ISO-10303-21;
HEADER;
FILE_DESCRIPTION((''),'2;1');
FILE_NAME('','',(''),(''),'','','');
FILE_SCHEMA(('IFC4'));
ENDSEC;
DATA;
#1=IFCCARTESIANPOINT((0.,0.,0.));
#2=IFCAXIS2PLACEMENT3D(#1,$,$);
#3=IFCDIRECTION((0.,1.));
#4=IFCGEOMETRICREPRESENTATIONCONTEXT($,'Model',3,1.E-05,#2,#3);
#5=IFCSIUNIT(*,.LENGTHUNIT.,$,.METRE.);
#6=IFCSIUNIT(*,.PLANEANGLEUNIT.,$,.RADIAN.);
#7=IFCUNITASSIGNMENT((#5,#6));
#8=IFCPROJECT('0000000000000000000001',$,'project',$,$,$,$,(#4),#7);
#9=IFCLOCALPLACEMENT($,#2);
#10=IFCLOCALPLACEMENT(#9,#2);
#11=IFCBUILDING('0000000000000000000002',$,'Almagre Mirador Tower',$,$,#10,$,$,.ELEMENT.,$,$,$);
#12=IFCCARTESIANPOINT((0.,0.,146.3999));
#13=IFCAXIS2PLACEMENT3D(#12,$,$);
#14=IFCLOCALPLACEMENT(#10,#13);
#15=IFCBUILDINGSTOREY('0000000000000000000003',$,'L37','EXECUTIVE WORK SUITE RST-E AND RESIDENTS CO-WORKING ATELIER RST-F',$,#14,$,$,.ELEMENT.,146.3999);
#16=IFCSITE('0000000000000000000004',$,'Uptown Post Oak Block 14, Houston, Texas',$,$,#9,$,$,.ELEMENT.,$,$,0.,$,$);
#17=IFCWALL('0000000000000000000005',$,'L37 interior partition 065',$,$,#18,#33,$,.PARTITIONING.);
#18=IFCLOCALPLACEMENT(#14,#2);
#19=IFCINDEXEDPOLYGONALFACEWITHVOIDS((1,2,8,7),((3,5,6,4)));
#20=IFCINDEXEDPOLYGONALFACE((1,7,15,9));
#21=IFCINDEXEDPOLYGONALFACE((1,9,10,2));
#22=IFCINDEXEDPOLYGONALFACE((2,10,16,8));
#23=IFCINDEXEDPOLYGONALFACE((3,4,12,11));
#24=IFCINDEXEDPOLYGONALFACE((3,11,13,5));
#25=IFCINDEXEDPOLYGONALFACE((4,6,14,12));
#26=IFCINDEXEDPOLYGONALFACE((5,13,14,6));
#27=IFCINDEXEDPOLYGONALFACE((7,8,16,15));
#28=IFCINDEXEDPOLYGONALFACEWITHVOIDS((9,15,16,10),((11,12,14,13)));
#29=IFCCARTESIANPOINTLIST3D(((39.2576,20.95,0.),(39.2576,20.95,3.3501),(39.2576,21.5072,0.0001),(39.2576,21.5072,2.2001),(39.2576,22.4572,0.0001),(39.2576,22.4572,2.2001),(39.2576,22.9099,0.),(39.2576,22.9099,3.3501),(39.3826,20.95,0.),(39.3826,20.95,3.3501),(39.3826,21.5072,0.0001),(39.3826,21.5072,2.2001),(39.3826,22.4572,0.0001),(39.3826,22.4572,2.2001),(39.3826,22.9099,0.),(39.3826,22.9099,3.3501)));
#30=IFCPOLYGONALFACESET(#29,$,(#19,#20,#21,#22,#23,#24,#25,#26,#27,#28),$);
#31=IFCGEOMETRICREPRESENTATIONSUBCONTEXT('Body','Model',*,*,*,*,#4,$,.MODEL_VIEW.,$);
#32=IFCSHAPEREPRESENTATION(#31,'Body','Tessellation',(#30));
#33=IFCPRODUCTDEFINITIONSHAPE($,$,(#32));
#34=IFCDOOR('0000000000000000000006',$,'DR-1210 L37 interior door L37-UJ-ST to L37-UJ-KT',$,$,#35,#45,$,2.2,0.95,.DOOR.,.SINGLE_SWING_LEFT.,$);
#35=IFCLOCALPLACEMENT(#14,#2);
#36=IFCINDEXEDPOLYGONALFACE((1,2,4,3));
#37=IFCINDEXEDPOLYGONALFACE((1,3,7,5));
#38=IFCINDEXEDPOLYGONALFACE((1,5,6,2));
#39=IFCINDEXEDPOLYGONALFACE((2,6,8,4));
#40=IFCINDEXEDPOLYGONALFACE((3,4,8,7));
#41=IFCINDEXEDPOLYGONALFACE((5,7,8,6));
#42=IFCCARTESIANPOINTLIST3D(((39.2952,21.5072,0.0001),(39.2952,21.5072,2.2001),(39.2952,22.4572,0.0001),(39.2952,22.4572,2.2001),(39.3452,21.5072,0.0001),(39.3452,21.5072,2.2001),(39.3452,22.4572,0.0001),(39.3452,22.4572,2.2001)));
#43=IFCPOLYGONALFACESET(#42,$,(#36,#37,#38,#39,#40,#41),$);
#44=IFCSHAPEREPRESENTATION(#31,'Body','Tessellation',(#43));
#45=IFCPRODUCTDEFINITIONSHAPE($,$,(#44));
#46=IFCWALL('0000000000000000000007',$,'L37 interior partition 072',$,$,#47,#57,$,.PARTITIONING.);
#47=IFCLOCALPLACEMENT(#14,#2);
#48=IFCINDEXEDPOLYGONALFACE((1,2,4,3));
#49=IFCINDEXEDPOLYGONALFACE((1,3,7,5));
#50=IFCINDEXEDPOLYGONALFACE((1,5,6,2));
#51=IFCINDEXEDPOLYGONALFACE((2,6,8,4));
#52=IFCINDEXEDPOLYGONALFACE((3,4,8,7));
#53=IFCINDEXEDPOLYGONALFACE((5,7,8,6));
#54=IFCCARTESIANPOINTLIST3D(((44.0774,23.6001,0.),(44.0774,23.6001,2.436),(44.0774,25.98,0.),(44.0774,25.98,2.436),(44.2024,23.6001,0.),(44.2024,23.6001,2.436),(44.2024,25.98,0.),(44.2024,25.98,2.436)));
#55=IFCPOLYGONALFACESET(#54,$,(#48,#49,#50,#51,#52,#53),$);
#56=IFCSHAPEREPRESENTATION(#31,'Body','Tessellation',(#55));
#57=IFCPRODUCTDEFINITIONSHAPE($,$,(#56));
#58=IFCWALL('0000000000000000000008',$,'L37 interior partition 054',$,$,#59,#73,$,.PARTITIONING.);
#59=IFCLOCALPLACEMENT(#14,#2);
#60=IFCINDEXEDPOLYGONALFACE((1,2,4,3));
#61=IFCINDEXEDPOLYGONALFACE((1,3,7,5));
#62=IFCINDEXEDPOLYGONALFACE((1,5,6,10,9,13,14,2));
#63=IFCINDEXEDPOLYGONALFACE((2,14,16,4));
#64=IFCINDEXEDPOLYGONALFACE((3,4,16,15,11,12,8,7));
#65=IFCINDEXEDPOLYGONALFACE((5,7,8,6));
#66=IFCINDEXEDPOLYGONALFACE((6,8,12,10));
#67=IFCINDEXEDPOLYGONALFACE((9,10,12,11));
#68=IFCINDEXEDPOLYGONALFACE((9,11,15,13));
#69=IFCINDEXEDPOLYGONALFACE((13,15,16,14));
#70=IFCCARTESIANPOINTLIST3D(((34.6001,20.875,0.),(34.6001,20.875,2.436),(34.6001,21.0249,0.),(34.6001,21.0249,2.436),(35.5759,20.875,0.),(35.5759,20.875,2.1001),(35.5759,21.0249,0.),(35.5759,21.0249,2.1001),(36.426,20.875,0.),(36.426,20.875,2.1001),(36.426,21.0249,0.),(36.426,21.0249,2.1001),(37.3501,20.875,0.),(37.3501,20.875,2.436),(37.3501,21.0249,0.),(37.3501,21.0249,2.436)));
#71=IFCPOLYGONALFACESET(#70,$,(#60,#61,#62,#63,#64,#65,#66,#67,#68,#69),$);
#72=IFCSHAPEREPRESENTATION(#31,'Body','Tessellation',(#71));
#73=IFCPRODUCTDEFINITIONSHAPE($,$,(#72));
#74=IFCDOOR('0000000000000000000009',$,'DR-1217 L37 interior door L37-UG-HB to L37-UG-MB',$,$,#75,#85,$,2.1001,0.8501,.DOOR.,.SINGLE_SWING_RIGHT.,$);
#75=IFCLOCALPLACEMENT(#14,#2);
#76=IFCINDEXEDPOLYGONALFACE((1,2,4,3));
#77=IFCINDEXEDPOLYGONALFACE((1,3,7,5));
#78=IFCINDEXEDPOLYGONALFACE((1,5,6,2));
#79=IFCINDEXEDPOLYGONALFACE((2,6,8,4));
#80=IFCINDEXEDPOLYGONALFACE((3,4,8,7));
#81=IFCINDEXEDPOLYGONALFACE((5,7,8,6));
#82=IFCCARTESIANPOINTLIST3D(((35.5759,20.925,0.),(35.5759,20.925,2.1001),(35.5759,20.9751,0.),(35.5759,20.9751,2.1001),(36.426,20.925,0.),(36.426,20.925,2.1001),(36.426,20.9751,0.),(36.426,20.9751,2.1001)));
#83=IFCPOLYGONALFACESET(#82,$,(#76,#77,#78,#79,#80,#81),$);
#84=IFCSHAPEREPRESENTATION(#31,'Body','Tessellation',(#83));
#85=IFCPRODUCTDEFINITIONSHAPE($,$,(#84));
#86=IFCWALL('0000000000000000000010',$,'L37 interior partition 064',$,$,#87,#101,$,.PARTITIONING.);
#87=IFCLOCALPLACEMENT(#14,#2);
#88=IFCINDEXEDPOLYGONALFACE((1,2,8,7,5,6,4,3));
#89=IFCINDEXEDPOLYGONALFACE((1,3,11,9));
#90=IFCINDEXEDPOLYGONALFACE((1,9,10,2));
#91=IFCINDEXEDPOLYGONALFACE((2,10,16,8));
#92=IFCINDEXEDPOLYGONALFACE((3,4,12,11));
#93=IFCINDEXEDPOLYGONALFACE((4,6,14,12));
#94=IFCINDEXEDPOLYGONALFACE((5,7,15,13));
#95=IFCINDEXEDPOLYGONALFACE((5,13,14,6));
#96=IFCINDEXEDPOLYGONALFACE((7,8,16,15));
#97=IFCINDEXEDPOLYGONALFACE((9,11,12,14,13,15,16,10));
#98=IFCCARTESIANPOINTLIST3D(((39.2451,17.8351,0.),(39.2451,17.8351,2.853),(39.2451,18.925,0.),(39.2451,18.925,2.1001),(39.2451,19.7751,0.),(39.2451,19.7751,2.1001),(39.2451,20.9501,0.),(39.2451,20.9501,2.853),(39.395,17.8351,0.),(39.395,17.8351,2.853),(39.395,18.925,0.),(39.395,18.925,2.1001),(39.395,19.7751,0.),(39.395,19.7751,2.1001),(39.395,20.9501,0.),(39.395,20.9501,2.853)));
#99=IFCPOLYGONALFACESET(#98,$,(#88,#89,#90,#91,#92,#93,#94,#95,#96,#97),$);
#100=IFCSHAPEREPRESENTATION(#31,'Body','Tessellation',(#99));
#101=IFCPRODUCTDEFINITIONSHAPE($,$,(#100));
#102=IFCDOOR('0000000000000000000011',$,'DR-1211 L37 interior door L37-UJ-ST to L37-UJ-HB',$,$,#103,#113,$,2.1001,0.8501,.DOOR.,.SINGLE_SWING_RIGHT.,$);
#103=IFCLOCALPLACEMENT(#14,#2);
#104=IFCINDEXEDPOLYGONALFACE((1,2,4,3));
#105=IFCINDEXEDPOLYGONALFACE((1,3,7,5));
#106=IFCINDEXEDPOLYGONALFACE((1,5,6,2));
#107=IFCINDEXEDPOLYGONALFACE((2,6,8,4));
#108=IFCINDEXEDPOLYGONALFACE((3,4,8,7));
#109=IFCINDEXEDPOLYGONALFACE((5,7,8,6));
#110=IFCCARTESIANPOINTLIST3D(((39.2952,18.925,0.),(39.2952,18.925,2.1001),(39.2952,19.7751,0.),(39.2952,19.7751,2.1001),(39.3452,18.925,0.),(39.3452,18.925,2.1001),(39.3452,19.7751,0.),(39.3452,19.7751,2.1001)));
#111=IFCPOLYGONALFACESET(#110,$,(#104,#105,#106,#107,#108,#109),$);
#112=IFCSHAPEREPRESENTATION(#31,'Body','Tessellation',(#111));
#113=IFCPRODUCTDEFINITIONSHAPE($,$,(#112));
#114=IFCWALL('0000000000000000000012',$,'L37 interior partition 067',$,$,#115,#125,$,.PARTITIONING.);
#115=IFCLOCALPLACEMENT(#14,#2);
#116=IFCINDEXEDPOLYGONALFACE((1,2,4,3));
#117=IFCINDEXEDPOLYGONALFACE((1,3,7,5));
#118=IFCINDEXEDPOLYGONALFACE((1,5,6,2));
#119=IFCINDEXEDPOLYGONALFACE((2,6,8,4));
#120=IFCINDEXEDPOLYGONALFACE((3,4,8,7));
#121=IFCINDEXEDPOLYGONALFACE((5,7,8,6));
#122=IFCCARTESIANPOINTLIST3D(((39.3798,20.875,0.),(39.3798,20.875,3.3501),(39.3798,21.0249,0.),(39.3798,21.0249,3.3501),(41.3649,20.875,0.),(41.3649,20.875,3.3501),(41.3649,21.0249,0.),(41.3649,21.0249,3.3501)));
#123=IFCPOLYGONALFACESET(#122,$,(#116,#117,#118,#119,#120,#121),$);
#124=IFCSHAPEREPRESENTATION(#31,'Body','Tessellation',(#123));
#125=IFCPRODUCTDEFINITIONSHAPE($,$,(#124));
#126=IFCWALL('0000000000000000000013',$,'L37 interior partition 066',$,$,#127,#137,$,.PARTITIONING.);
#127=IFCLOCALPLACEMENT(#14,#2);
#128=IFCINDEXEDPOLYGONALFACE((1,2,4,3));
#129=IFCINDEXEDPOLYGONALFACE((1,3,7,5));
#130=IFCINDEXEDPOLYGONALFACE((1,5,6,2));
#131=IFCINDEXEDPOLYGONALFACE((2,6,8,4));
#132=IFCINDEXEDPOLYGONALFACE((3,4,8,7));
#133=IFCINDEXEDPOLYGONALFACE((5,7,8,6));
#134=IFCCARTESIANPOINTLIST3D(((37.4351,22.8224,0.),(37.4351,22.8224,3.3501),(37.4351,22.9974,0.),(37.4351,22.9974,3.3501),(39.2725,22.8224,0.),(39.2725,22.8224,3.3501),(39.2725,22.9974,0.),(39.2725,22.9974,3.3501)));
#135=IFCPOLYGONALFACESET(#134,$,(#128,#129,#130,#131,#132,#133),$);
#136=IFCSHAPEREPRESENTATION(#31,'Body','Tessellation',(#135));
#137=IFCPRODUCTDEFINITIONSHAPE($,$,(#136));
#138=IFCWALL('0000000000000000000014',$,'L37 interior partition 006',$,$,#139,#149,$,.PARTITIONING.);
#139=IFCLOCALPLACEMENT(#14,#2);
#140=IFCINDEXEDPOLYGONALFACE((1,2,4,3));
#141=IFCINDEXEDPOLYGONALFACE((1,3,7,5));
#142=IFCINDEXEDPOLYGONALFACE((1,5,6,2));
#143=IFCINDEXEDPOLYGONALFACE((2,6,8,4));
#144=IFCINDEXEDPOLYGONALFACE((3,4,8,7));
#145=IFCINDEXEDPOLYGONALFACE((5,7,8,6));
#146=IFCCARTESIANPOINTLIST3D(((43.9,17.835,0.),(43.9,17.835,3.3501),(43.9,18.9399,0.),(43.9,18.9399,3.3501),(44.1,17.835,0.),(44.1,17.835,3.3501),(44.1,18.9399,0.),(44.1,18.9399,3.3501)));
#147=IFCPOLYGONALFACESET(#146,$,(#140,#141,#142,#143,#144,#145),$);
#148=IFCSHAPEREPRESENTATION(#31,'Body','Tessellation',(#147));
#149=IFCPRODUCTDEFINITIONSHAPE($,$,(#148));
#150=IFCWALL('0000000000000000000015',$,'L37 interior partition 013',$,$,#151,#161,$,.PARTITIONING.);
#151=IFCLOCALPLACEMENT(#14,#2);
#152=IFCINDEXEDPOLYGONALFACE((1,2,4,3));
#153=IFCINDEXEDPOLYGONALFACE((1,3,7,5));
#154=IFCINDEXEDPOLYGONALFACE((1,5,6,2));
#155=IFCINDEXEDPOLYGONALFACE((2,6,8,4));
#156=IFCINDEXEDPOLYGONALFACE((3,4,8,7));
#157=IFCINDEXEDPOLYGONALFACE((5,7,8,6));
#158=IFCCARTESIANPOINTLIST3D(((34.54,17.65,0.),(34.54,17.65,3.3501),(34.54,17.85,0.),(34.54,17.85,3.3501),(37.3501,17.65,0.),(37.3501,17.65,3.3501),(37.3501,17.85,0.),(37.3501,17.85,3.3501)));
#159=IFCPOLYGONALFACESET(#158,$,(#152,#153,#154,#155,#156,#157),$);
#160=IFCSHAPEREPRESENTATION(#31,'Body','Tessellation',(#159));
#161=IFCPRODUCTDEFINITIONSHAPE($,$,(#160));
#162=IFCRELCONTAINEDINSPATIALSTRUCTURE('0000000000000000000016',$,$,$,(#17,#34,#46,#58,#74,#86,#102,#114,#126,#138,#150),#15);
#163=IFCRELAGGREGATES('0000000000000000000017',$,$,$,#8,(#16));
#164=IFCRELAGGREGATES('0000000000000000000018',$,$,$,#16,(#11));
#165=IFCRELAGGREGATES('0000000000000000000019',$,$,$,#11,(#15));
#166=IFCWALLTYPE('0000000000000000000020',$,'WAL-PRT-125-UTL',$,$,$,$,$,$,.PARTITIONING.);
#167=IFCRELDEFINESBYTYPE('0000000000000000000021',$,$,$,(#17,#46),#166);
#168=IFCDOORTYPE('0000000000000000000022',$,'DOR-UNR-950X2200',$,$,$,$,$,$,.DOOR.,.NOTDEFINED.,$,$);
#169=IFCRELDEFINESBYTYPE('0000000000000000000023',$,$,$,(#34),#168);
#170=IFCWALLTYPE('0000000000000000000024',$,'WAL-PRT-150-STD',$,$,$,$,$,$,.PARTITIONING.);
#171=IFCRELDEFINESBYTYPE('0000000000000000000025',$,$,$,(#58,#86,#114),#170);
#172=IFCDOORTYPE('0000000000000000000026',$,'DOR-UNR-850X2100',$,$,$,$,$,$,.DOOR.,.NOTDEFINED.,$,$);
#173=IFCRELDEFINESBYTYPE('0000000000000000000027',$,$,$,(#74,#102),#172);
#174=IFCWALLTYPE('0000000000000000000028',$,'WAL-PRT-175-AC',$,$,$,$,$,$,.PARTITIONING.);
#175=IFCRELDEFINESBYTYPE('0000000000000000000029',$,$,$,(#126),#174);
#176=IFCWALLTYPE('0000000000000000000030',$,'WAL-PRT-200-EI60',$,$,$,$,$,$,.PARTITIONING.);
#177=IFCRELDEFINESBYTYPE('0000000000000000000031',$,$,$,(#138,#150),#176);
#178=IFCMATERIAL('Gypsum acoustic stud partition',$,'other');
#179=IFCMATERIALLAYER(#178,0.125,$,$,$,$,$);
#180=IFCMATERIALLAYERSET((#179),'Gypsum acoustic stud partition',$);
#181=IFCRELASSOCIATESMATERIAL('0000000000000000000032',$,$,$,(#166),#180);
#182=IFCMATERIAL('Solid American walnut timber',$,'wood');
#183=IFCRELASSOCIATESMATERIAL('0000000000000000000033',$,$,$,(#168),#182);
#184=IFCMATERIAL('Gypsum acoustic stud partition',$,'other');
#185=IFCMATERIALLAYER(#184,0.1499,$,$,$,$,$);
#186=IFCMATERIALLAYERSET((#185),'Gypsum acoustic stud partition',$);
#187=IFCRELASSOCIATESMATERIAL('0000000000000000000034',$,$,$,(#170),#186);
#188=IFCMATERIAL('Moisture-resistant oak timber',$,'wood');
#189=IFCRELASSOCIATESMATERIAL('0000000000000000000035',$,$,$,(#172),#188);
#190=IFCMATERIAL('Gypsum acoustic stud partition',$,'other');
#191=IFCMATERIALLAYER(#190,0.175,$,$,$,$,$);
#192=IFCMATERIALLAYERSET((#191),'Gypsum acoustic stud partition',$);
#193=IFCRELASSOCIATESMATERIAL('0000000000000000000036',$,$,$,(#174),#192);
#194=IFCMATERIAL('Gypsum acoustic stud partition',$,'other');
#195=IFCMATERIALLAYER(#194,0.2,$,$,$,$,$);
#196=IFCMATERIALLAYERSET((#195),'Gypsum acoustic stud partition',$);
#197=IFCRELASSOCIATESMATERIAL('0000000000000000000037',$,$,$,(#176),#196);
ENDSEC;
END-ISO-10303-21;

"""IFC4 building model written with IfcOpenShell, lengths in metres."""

from ifc_helpers import new_model, si_unit, direction, frame, frame_2d, origin, place, context, subcontext, project, spatial, rectangle, extrude, material, layer, layer_set, type_object, element, fill, save


model = new_model("IFC4")

# Units and contexts
model_context = context("Model", 3, precision=1e-05, world=origin(), true_north=direction((0.0, 1.0)))
body_context = subcontext(model_context, "Body", "Model", "MODEL_VIEW")
ifc_project = project(units=[si_unit("LENGTHUNIT", "METRE"), si_unit("PLANEANGLEUNIT", "RADIAN")], contexts=[model_context])

# Site, building, storey
site_placement = place(None, origin())
site = spatial("IfcSite", under=ifc_project, at=site_placement, Name="Uptown Post Oak Block 14, Houston, Texas", CompositionType="ELEMENT", RefElevation=0.0)
building_placement = place(site_placement, origin())
building = spatial("IfcBuilding", under=site, at=building_placement, Name="Almagre Mirador Tower", CompositionType="ELEMENT")
storey_placement = place(building_placement, frame((0.0, 0.0, 146.3999)))
storey = spatial("IfcBuildingStorey", under=building, at=storey_placement, Name="L37", Description="EXECUTIVE WORK SUITE RST-E AND RESIDENTS CO-WORKING ATELIER RST-F", CompositionType="ELEMENT", Elevation=146.3999)

# Wall, opening, door
ifc_material_1 = material(Name="Gypsum acoustic stud partition", Category="other")
ifc_layer_1 = layer(ifc_material_1, 0.125)
ifc_layer_set_1 = layer_set([ifc_layer_1], Name="Gypsum acoustic stud partition")
wall_type_1 = type_object("IfcWallType", Name="WAL-PRT-125-UTL", PredefinedType="PARTITIONING", material=ifc_layer_set_1)
wall_1_placement = place(storey_placement, frame((39.3201, 20.95, 0.0), z_axis=(0.0, 0.0, 1.0), x_axis=(0.0, 1.0, 0.0)))
wall_1 = element("IfcWall", 1, at=wall_1_placement, inside=storey, type_object=wall_type_1, Name="L37 interior partition 065", PredefinedType="PARTITIONING", context=body_context, shape_type="SweptSolid", body=[
    extrude(rectangle(XDim=1.96, YDim=0.125, at=frame_2d((0.98, 0.0))), origin(), (0.0, 0.0, 1.0), 3.3501),
])
opening_1_placement = place(wall_1_placement, frame((0.5571, 0.0, 0.0)))
opening_1 = element("IfcOpeningElement", 2, at=opening_1_placement, cuts=wall_1, PredefinedType="OPENING", context=body_context, shape_type="SweptSolid", body=[
    extrude(rectangle(XDim=0.95, YDim=2.2, at=frame_2d((0.4751, 1.1001))), frame((0.0, 0.0725, 0.0), z_axis=(0.0, -1.0, 0.0), x_axis=(1.0, 0.0, 0.0)), (0.0, 0.0, 1.0), 0.145),
])
ifc_material_2 = material(Name="Solid American walnut timber", Category="wood")
door_type_1 = type_object("IfcDoorType", Name="DOR-UNR-950X2200", OperationType="NOTDEFINED", PredefinedType="DOOR", material=ifc_material_2)
door_1_placement = place(opening_1_placement, origin())
door_1 = element("IfcDoor", 3, at=door_1_placement, inside=storey, type_object=door_type_1, Name="DR-1210 L37 interior door L37-UJ-ST to L37-UJ-KT", OperationType="SINGLE_SWING_LEFT", OverallHeight=2.2, OverallWidth=0.95, PredefinedType="DOOR", context=body_context, shape_type="SweptSolid", body=[
    extrude(rectangle(XDim=0.95, YDim=2.2, at=frame_2d((0.4751, 1.1001))), frame((0.0, 0.0249, 0.0), z_axis=(0.0, -1.0, 0.0), x_axis=(1.0, 0.0, 0.0)), (0.0, 0.0, 1.0), 0.05),
])
fill(opening_1, door_1)

# Wall
wall_2_placement = place(storey_placement, frame((44.1399, 23.6001, 0.0), z_axis=(0.0, 0.0, 1.0), x_axis=(0.0, 1.0, 0.0)))
element("IfcWall", 4, at=wall_2_placement, inside=storey, type_object=wall_type_1, Name="L37 interior partition 072", PredefinedType="PARTITIONING", context=body_context, shape_type="SweptSolid", body=[
    extrude(rectangle(XDim=2.3799, YDim=0.125, at=frame_2d((1.1899, 0.0))), origin(), (0.0, 0.0, 1.0), 2.436),
])

# Walls, openings, doors
ifc_material_3 = material(Name="Gypsum acoustic stud partition", Category="other")
ifc_layer_2 = layer(ifc_material_3, 0.1499)
ifc_layer_set_2 = layer_set([ifc_layer_2], Name="Gypsum acoustic stud partition")
wall_type_2 = type_object("IfcWallType", Name="WAL-PRT-150-STD", PredefinedType="PARTITIONING", material=ifc_layer_set_2)
wall_3_placement = place(storey_placement, frame((37.3501, 20.95, 0.0), z_axis=(0.0, 0.0, 1.0), x_axis=(-1.0, 0.0, 0.0)))
wall_3 = element("IfcWall", 5, at=wall_3_placement, inside=storey, type_object=wall_type_2, Name="L37 interior partition 054", PredefinedType="PARTITIONING", context=body_context, shape_type="SweptSolid", body=[
    extrude(rectangle(XDim=2.75, YDim=0.1499, at=frame_2d((1.375, 0.0))), origin(), (0.0, 0.0, 1.0), 2.436),
])
opening_2_placement = place(wall_3_placement, frame((0.9241, 0.0, 0.0)))
opening_2 = element("IfcOpeningElement", 6, at=opening_2_placement, cuts=wall_3, PredefinedType="OPENING", context=body_context, shape_type="SweptSolid", body=[
    extrude(rectangle(XDim=0.8501, YDim=2.1001, at=frame_2d((0.425, 1.05))), frame((0.0, 0.085, 0.0), z_axis=(0.0, -1.0, 0.0), x_axis=(1.0, 0.0, 0.0)), (0.0, 0.0, 1.0), 0.1699),
])
ifc_material_4 = material(Name="Moisture-resistant oak timber", Category="wood")
door_type_2 = type_object("IfcDoorType", Name="DOR-UNR-850X2100", OperationType="NOTDEFINED", PredefinedType="DOOR", material=ifc_material_4)
door_2_placement = place(opening_2_placement, origin())
door_2 = element("IfcDoor", 7, at=door_2_placement, inside=storey, type_object=door_type_2, Name="DR-1217 L37 interior door L37-UG-HB to L37-UG-MB", OperationType="SINGLE_SWING_RIGHT", OverallHeight=2.1001, OverallWidth=0.8501, PredefinedType="DOOR", context=body_context, shape_type="SweptSolid", body=[
    extrude(rectangle(XDim=0.8501, YDim=2.1001, at=frame_2d((0.425, 1.05))), frame((0.0, 0.0249, 0.0), z_axis=(0.0, -1.0, 0.0), x_axis=(1.0, 0.0, 0.0)), (0.0, 0.0, 1.0), 0.05),
])
fill(opening_2, door_2)
wall_4_placement = place(storey_placement, frame((39.3201, 17.835, 0.0), z_axis=(0.0, 0.0, 1.0), x_axis=(0.0, 1.0, 0.0)))
wall_4 = element("IfcWall", 8, at=wall_4_placement, inside=storey, type_object=wall_type_2, Name="L37 interior partition 064", PredefinedType="PARTITIONING", context=body_context, shape_type="SweptSolid", body=[
    extrude(rectangle(XDim=3.115, YDim=0.1499, at=frame_2d((1.5576, 0.0))), origin(), (0.0, 0.0, 1.0), 2.853),
])
opening_3_placement = place(wall_4_placement, frame((1.0901, 0.0, 0.0)))
opening_3 = element("IfcOpeningElement", 9, at=opening_3_placement, cuts=wall_4, PredefinedType="OPENING", context=body_context, shape_type="SweptSolid", body=[
    extrude(rectangle(XDim=0.8501, YDim=2.1001, at=frame_2d((0.425, 1.05))), frame((0.0, 0.085, 0.0), z_axis=(0.0, -1.0, 0.0), x_axis=(1.0, 0.0, 0.0)), (0.0, 0.0, 1.0), 0.1699),
])
door_3_placement = place(opening_3_placement, origin())
door_3 = element("IfcDoor", 10, at=door_3_placement, inside=storey, type_object=door_type_2, Name="DR-1211 L37 interior door L37-UJ-ST to L37-UJ-HB", OperationType="SINGLE_SWING_RIGHT", OverallHeight=2.1001, OverallWidth=0.8501, PredefinedType="DOOR", context=body_context, shape_type="SweptSolid", body=[
    extrude(rectangle(XDim=0.8501, YDim=2.1001, at=frame_2d((0.425, 1.05))), frame((0.0, 0.0249, 0.0), z_axis=(0.0, -1.0, 0.0), x_axis=(1.0, 0.0, 0.0)), (0.0, 0.0, 1.0), 0.05),
])
fill(opening_3, door_3)

# Walls
wall_5_placement = place(storey_placement, frame((41.365, 20.95, 0.0), z_axis=(0.0, 0.0, 1.0), x_axis=(-1.0, 0.0, 0.0)))
element("IfcWall", 11, at=wall_5_placement, inside=storey, type_object=wall_type_2, Name="L37 interior partition 067", PredefinedType="PARTITIONING", context=body_context, shape_type="SweptSolid", body=[
    extrude(rectangle(XDim=1.9851, YDim=0.1499, at=frame_2d((0.9927, 0.0))), origin(), (0.0, 0.0, 1.0), 3.3501),
])
ifc_material_5 = material(Name="Gypsum acoustic stud partition", Category="other")
ifc_layer_3 = layer(ifc_material_5, 0.175)
ifc_layer_set_3 = layer_set([ifc_layer_3], Name="Gypsum acoustic stud partition")
wall_type_3 = type_object("IfcWallType", Name="WAL-PRT-175-AC", PredefinedType="PARTITIONING", material=ifc_layer_set_3)
wall_6_placement = place(storey_placement, frame((39.2725, 22.9099, 0.0), z_axis=(0.0, 0.0, 1.0), x_axis=(-1.0, 0.0, 0.0)))
element("IfcWall", 12, at=wall_6_placement, inside=storey, type_object=wall_type_3, Name="L37 interior partition 066", PredefinedType="PARTITIONING", context=body_context, shape_type="SweptSolid", body=[
    extrude(rectangle(XDim=1.8374, YDim=0.175, at=frame_2d((0.9187, 0.0))), origin(), (0.0, 0.0, 1.0), 3.3501),
])
ifc_material_6 = material(Name="Gypsum acoustic stud partition", Category="other")
ifc_layer_4 = layer(ifc_material_6, 0.2)
ifc_layer_set_4 = layer_set([ifc_layer_4], Name="Gypsum acoustic stud partition")
wall_type_4 = type_object("IfcWallType", Name="WAL-PRT-200-EI60", PredefinedType="PARTITIONING", material=ifc_layer_set_4)
wall_7_placement = place(storey_placement, frame((44.0, 17.835, 0.0), z_axis=(0.0, 0.0, 1.0), x_axis=(0.0, 1.0, 0.0)))
element("IfcWall", 13, at=wall_7_placement, inside=storey, type_object=wall_type_4, Name="L37 interior partition 006", PredefinedType="PARTITIONING", context=body_context, shape_type="SweptSolid", body=[
    extrude(rectangle(XDim=1.105, YDim=0.2, at=frame_2d((0.5525, 0.0))), origin(), (0.0, 0.0, 1.0), 3.3501),
])
wall_8_placement = place(storey_placement, frame((37.3501, 17.75, 0.0), z_axis=(0.0, 0.0, 1.0), x_axis=(-1.0, 0.0, 0.0)))
element("IfcWall", 14, at=wall_8_placement, inside=storey, type_object=wall_type_4, Name="L37 interior partition 013", PredefinedType="PARTITIONING", context=body_context, shape_type="SweptSolid", body=[
    extrude(rectangle(XDim=2.8101, YDim=0.2, at=frame_2d((1.405, 0.0))), origin(), (0.0, 0.0, 1.0), 3.3501),
])

save(model, "model.ifc")
